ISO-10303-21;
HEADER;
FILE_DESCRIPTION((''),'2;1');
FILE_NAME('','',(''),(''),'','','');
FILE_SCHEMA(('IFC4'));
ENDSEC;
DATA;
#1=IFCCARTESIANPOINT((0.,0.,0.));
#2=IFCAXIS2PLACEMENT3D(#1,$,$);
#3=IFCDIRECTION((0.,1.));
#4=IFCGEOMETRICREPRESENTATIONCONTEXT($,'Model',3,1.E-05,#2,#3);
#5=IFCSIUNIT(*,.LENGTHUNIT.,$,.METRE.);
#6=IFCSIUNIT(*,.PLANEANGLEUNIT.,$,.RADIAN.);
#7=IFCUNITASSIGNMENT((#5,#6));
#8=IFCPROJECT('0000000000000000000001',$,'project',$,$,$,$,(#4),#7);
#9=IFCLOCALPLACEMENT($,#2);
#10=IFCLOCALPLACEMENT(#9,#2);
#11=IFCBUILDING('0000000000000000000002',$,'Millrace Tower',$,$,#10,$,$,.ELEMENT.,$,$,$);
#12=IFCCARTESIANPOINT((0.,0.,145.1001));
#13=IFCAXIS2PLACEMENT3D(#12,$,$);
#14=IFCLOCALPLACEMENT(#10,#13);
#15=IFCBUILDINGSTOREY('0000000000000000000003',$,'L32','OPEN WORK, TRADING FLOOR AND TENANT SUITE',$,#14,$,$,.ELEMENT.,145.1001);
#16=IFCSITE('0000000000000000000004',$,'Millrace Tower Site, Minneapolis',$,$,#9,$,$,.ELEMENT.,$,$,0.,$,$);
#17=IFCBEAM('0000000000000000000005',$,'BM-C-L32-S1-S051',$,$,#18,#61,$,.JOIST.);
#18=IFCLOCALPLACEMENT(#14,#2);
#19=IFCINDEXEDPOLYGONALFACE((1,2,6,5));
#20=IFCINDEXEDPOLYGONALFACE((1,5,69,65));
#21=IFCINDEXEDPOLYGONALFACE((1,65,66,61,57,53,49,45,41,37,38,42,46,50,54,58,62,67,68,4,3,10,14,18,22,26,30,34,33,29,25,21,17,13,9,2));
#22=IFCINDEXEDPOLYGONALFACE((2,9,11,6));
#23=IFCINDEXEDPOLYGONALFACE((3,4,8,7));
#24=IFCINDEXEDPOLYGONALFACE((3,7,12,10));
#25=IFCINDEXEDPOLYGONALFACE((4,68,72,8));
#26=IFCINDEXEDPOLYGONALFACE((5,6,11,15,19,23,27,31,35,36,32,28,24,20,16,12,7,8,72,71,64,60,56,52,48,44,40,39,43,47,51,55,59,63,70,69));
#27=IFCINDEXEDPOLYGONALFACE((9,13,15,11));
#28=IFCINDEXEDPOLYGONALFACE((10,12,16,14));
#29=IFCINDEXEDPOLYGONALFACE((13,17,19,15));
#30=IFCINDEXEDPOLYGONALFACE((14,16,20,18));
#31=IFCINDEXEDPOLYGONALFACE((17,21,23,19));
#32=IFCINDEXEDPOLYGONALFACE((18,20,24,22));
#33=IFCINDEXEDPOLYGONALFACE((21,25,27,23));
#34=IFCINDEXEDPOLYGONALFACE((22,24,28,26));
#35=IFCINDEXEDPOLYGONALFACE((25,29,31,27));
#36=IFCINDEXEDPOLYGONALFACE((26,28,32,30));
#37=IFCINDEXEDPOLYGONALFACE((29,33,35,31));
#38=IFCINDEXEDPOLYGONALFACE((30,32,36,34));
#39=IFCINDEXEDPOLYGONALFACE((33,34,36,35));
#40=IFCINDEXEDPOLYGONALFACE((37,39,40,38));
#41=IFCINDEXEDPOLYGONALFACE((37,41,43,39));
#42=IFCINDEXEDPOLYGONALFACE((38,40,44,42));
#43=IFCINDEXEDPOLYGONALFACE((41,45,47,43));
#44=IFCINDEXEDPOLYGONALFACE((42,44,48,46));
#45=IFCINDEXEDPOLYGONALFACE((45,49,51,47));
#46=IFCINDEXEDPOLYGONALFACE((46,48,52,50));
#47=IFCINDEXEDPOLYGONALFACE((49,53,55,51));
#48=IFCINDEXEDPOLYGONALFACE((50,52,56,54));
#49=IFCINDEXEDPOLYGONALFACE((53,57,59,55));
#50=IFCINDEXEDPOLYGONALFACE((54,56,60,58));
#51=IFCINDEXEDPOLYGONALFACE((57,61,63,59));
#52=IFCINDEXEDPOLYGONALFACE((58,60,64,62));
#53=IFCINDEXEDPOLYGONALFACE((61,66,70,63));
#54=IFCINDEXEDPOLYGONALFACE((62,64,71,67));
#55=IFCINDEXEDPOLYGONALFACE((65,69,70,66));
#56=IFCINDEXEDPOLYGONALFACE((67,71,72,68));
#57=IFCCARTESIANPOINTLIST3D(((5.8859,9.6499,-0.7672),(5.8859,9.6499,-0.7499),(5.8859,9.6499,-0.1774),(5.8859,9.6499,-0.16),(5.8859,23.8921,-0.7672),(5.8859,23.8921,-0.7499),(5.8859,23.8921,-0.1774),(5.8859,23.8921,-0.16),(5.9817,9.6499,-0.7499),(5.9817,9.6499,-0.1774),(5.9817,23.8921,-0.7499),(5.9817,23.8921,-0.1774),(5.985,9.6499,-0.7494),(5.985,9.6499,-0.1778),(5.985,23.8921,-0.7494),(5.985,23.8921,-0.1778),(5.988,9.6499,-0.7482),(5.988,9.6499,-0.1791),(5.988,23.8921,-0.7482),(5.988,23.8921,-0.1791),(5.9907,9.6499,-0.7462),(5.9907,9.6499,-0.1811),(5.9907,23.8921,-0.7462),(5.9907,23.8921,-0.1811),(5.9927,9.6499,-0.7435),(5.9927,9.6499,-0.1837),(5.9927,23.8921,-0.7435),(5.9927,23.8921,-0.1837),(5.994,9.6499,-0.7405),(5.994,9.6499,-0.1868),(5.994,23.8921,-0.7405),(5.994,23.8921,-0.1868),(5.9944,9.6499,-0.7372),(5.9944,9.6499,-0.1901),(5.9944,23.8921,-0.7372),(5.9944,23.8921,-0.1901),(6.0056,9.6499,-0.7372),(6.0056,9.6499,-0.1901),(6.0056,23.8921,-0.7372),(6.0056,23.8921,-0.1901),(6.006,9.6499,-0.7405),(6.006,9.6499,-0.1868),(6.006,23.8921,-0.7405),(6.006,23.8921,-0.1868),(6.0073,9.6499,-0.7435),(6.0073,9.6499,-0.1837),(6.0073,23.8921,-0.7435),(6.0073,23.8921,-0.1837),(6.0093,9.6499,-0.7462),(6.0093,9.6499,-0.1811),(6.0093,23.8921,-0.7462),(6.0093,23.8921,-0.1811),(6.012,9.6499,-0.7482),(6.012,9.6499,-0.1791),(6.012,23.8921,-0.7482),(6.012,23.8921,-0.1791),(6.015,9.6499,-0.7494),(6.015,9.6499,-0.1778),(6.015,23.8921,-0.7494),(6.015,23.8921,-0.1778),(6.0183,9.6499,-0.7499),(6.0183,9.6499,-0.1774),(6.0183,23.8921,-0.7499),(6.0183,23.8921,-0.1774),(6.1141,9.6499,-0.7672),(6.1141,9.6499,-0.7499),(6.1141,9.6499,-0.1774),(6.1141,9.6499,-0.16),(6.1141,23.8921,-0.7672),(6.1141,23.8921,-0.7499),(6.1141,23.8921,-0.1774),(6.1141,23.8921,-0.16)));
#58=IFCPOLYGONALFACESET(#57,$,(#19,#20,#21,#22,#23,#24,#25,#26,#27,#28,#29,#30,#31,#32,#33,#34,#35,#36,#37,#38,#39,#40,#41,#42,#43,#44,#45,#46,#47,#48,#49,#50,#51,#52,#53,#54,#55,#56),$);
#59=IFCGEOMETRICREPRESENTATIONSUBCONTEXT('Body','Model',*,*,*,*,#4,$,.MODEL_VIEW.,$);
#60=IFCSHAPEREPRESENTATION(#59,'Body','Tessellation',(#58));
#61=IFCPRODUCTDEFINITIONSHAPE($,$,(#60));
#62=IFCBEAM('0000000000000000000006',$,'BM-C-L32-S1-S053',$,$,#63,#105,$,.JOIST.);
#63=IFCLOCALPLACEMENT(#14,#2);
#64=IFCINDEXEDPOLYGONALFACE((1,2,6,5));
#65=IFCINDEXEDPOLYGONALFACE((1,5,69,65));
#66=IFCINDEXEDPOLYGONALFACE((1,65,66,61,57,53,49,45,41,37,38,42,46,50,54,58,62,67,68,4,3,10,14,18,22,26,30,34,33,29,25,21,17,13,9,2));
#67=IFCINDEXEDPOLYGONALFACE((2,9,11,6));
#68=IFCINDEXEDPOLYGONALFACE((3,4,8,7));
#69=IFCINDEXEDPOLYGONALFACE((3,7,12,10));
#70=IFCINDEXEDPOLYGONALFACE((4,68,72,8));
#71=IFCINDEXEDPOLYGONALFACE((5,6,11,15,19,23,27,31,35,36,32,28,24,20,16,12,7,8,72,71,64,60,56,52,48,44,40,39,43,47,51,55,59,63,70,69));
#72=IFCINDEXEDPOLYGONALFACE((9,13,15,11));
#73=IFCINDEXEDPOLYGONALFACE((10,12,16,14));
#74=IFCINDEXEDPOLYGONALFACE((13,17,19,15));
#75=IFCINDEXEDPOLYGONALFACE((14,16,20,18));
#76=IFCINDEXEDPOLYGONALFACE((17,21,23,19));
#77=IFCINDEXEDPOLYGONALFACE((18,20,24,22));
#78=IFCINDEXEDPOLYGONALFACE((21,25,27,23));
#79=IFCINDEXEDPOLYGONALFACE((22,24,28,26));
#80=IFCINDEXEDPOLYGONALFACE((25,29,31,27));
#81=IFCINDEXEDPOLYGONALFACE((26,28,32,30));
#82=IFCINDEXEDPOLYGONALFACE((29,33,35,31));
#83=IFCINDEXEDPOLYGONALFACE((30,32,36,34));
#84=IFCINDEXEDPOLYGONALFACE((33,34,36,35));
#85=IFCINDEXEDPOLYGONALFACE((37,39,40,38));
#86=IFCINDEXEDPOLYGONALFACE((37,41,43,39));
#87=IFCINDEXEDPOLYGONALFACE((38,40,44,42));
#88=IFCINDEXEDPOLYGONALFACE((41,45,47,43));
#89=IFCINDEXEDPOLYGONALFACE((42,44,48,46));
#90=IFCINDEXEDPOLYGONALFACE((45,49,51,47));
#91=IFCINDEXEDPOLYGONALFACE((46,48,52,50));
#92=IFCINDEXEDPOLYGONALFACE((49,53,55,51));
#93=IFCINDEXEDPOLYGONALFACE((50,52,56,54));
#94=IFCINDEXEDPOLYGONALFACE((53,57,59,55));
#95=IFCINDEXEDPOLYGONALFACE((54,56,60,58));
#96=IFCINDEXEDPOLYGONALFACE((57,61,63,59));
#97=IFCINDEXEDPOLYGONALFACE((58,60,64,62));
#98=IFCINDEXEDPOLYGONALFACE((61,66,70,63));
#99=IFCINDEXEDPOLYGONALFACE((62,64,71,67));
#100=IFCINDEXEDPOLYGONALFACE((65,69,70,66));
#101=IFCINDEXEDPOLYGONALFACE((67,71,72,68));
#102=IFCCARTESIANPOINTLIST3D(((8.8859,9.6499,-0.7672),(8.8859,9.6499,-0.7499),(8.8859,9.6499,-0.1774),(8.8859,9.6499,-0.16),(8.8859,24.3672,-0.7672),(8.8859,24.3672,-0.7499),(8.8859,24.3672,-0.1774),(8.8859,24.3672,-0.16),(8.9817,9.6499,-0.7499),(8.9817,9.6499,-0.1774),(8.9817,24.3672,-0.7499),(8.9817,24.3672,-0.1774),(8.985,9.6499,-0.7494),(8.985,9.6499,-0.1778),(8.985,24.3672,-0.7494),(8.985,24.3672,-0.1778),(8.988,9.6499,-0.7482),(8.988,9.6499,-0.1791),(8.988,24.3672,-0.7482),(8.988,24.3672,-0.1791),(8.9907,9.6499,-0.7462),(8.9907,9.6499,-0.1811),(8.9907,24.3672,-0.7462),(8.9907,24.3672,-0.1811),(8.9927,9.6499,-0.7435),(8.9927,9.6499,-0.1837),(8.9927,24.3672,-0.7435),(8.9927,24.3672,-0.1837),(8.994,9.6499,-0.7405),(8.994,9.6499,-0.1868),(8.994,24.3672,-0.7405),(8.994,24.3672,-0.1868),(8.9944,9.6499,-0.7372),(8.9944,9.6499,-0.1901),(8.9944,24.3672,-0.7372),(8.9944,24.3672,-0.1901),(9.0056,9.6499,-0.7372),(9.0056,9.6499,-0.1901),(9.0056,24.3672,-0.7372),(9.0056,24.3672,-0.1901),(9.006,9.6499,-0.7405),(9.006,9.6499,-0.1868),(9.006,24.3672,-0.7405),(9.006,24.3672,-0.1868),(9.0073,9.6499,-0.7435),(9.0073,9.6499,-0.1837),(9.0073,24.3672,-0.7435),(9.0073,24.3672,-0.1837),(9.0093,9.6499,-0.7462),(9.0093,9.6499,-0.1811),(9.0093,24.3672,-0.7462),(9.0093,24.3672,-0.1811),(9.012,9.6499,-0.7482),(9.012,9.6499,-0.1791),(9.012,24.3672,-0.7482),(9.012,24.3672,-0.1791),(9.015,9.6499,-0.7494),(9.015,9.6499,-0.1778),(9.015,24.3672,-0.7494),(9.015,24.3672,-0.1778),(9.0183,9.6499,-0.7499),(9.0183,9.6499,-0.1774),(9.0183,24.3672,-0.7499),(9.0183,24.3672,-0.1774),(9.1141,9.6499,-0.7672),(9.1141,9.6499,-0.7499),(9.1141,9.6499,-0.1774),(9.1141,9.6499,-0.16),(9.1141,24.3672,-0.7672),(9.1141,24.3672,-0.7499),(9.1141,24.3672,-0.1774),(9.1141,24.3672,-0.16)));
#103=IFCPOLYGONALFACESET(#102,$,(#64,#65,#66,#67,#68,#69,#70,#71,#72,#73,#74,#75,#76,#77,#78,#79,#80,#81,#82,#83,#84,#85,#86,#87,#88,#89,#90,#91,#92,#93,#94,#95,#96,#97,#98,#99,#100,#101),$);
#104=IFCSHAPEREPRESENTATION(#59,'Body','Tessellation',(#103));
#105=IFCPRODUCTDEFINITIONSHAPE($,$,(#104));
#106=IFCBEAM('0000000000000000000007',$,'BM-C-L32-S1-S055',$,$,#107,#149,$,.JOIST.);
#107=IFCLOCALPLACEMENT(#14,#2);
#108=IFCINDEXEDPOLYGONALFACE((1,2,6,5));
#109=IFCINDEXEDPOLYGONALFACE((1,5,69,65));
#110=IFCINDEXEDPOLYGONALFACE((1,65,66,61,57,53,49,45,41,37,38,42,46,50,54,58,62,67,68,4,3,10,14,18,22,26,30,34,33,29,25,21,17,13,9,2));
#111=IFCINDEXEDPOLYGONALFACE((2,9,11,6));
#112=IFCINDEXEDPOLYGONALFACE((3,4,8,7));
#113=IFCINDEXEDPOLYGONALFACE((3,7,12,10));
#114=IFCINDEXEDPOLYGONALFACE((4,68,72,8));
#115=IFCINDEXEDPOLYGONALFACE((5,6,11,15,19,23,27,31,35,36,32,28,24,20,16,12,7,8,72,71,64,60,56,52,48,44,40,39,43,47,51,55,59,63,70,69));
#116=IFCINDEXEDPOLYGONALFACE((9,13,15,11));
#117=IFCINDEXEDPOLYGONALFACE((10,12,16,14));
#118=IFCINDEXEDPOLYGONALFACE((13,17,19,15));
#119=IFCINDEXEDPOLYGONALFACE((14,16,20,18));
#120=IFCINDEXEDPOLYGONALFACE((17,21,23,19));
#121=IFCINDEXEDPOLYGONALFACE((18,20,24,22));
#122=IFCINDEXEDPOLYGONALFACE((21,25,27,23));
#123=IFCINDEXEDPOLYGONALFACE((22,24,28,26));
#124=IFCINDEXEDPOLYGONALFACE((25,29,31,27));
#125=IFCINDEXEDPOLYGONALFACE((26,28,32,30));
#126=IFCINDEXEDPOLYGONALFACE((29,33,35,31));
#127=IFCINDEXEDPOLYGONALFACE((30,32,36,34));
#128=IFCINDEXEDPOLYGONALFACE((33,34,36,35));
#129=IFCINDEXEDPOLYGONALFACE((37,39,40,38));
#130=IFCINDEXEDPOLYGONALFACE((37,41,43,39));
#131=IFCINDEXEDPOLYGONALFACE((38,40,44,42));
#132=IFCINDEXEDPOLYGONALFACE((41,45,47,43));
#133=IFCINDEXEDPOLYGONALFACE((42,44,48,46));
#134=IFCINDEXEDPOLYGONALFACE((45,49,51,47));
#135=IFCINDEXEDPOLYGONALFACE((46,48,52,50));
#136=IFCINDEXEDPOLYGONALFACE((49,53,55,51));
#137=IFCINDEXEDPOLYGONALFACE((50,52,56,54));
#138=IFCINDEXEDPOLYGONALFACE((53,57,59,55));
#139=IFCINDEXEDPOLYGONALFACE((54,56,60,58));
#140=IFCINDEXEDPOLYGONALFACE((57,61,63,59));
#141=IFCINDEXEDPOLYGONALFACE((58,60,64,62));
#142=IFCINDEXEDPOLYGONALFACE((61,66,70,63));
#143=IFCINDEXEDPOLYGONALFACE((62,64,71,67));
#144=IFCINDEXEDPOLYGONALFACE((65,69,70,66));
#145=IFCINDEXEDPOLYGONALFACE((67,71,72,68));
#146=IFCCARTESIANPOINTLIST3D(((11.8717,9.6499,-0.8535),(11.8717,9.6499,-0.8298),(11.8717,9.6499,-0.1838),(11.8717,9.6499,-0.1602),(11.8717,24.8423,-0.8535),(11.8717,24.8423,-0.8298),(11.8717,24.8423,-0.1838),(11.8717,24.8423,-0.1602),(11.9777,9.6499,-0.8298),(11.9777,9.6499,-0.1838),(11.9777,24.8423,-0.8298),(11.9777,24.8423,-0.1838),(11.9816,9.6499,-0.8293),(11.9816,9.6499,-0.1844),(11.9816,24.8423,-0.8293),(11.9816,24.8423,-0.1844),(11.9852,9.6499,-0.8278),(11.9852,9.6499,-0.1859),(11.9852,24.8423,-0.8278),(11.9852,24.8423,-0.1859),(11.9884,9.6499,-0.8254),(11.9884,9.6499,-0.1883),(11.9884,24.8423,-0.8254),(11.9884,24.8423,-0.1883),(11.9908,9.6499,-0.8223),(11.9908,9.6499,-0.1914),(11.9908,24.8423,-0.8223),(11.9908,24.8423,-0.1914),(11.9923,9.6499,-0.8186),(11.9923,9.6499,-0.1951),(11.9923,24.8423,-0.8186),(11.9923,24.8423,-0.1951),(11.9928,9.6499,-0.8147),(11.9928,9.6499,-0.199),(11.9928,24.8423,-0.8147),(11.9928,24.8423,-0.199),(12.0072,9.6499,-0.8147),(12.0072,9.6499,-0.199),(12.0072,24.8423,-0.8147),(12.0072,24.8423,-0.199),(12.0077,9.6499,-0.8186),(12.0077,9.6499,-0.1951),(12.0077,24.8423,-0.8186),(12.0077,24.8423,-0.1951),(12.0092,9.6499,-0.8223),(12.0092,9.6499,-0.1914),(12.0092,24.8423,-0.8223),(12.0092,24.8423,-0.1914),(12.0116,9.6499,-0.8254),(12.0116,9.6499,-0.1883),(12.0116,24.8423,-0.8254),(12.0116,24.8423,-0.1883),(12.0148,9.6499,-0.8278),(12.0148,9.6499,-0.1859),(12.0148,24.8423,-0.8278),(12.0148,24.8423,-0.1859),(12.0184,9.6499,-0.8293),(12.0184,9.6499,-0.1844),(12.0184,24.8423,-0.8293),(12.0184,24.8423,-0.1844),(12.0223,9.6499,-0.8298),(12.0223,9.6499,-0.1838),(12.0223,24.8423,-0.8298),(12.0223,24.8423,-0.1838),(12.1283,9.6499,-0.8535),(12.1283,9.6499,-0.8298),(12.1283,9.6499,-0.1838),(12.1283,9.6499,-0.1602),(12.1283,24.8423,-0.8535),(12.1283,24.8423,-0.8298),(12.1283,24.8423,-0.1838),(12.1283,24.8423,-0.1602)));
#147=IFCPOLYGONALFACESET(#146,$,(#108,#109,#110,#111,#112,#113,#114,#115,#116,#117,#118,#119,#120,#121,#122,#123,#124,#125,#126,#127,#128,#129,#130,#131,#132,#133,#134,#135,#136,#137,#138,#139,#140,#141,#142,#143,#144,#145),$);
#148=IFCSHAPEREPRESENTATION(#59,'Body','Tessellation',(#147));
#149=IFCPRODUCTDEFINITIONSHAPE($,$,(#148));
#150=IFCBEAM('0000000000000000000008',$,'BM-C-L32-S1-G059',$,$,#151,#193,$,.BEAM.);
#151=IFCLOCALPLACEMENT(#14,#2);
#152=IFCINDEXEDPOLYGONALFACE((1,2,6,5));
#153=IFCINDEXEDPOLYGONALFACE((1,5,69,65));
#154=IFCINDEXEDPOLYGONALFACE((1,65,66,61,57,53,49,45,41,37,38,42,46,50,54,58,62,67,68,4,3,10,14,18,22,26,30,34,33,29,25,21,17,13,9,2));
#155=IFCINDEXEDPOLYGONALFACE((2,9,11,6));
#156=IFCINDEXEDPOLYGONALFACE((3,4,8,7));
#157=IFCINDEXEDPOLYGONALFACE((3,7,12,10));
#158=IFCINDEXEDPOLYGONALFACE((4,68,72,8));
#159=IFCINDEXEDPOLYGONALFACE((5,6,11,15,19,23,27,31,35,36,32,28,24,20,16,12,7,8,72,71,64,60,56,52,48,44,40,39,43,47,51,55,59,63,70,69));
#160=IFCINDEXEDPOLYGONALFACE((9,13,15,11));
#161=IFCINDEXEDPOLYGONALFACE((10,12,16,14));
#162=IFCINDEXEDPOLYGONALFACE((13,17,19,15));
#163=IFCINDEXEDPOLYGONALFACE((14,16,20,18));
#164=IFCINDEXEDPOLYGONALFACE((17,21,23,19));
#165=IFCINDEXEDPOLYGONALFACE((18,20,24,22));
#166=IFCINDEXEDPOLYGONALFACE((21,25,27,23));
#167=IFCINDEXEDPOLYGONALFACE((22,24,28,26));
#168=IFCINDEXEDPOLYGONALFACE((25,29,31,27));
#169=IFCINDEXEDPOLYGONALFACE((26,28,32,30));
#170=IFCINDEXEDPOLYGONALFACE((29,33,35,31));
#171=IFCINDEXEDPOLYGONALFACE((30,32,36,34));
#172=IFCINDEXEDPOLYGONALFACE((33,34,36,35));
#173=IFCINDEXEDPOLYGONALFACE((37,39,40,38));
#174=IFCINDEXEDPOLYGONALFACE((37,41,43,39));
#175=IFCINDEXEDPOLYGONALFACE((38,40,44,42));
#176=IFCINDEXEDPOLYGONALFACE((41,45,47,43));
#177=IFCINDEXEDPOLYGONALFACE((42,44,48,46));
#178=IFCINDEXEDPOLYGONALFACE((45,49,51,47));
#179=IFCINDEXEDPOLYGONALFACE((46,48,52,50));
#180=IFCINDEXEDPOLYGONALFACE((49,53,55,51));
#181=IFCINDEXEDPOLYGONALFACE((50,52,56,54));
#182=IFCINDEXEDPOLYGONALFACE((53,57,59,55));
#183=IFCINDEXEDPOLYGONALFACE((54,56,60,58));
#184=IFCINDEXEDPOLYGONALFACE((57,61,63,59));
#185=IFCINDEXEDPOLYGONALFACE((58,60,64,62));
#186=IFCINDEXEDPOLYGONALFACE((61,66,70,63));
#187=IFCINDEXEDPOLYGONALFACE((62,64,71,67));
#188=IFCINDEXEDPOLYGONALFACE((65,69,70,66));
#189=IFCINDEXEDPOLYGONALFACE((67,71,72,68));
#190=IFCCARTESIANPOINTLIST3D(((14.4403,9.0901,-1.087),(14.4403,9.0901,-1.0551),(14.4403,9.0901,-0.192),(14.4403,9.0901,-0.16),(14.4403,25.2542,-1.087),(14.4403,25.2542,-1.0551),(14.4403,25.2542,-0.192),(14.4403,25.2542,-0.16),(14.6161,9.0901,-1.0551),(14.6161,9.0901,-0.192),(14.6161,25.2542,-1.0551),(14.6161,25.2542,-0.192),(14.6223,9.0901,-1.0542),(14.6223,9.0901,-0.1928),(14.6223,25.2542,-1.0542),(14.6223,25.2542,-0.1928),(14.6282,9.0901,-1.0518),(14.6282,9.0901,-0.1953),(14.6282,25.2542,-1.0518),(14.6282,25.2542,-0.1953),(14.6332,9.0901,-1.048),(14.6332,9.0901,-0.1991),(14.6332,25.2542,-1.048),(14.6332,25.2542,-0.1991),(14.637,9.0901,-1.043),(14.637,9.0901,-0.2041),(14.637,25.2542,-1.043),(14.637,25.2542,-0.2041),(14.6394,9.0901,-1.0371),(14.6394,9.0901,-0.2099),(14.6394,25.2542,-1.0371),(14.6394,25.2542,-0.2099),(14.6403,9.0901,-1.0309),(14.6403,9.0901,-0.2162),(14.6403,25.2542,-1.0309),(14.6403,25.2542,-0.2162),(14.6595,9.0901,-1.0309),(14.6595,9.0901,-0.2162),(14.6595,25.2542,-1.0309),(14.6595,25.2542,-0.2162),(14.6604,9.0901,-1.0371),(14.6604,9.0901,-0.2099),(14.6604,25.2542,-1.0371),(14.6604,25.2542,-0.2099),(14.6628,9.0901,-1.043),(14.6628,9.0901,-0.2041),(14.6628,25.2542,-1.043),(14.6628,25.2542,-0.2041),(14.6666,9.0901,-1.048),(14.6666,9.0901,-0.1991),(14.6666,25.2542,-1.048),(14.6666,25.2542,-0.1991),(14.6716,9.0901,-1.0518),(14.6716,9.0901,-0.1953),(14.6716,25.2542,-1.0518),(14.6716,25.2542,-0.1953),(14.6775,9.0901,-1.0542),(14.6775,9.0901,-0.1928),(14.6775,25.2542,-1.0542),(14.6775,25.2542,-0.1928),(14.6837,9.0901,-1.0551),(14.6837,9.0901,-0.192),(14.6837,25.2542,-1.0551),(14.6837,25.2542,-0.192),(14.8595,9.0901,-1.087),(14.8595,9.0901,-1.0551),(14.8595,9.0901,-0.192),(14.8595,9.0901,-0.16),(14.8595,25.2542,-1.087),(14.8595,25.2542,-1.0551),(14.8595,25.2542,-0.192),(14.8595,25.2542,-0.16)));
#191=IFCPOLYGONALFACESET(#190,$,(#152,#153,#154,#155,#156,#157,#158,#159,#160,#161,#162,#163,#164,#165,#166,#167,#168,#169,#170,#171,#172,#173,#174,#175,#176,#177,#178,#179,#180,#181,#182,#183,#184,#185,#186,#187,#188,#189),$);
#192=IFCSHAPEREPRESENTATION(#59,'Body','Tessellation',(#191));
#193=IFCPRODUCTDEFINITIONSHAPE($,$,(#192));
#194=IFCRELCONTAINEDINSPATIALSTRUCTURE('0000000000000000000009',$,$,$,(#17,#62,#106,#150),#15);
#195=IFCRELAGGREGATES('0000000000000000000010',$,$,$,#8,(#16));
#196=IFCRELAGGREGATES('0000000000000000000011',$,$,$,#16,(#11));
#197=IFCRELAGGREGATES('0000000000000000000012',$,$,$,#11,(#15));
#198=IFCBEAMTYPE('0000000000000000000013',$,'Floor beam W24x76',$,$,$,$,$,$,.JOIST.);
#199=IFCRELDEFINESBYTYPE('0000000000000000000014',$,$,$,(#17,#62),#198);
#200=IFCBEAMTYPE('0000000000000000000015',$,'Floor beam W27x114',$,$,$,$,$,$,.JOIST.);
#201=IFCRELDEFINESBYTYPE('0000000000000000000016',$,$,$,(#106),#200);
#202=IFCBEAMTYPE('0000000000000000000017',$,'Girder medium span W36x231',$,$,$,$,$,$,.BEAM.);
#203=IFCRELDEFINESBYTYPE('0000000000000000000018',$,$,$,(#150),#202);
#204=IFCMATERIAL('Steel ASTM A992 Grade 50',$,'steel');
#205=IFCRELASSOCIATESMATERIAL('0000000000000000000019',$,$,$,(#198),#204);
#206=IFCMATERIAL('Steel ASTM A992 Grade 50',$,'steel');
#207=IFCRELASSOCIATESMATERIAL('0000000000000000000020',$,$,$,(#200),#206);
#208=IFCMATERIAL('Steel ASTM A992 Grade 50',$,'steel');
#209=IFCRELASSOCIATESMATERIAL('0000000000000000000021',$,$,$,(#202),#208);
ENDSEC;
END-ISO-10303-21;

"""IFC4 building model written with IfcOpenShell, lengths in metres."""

from ifc_helpers import new_model, si_unit, direction, frame, origin, origin_2d, place, context, subcontext, project, spatial, i_section, extrude, material, material_profile, profile_set, type_object, element, save


model = new_model("IFC4")

# Units and contexts
model_context = context("Model", 3, precision=1e-05, world=origin(), true_north=direction((0.0, 1.0)))
body_context = subcontext(model_context, "Body", "Model", "MODEL_VIEW")
ifc_project = project(units=[si_unit("LENGTHUNIT", "METRE"), si_unit("PLANEANGLEUNIT", "RADIAN")], contexts=[model_context])

# Site, building, storey
site_placement = place(None, origin())
site = spatial("IfcSite", under=ifc_project, at=site_placement, Name="Millrace Tower Site, Minneapolis", CompositionType="ELEMENT", RefElevation=0.0)
building_placement = place(site_placement, origin())
building = spatial("IfcBuilding", under=site, at=building_placement, Name="Millrace Tower", CompositionType="ELEMENT")
storey_placement = place(building_placement, frame((0.0, 0.0, 145.1001)))
storey = spatial("IfcBuildingStorey", under=building, at=storey_placement, Name="L32", Description="OPEN WORK, TRADING FLOOR AND TENANT SUITE", CompositionType="ELEMENT", Elevation=145.1001)

# Beams
ifc_material_1 = material(Name="Steel ASTM A992 Grade 50", Category="steel")
ifc_material_profile_1 = material_profile(ifc_material_1, i_section(OverallWidth=0.2283, OverallDepth=0.6072, WebThickness=0.0112, FlangeThickness=0.0173, FilletRadius=0.0127, at=origin_2d()))
ifc_profile_set_1 = profile_set([ifc_material_profile_1], Name="Steel ASTM A992 Grade 50")
beam_type_1 = type_object("IfcBeamType", Name="Floor beam W24x76", PredefinedType="JOIST", material=ifc_profile_set_1)
beam_1_placement = place(storey_placement, frame((6.0, 9.6499, -0.4636), z_axis=(0.0, 1.0, 0.0), x_axis=(-1.0, 0.0, 0.0)))
element("IfcBeam", 1, at=beam_1_placement, inside=storey, type_object=beam_type_1, Name="BM-C-L32-S1-S051", PredefinedType="JOIST", context=body_context, shape_type="SweptSolid", body=[
    extrude(i_section(OverallWidth=0.2283, OverallDepth=0.6072, WebThickness=0.0112, FlangeThickness=0.0173, FilletRadius=0.0127, at=origin_2d()), origin(), (0.0, 0.0, 1.0), 14.2422),
])
beam_2_placement = place(storey_placement, frame((9.0, 9.6499, -0.4636), z_axis=(0.0, 1.0, 0.0), x_axis=(-1.0, 0.0, 0.0)))
element("IfcBeam", 2, at=beam_2_placement, inside=storey, type_object=beam_type_1, Name="BM-C-L32-S1-S053", PredefinedType="JOIST", context=body_context, shape_type="SweptSolid", body=[
    extrude(i_section(OverallWidth=0.2283, OverallDepth=0.6072, WebThickness=0.0112, FlangeThickness=0.0173, FilletRadius=0.0127, at=origin_2d()), origin(), (0.0, 0.0, 1.0), 14.7173),
])
ifc_material_2 = material(Name="Steel ASTM A992 Grade 50", Category="steel")
ifc_material_profile_2 = material_profile(ifc_material_2, i_section(OverallWidth=0.2566, OverallDepth=0.6934, WebThickness=0.0144, FlangeThickness=0.0237, FilletRadius=0.0151, at=origin_2d()))
ifc_profile_set_2 = profile_set([ifc_material_profile_2], Name="Steel ASTM A992 Grade 50")
beam_type_2 = type_object("IfcBeamType", Name="Floor beam W27x114", PredefinedType="JOIST", material=ifc_profile_set_2)
beam_3_placement = place(storey_placement, frame((12.0, 9.6499, -0.5068), z_axis=(0.0, 1.0, 0.0), x_axis=(-1.0, 0.0, 0.0)))
element("IfcBeam", 3, at=beam_3_placement, inside=storey, type_object=beam_type_2, Name="BM-C-L32-S1-S055", PredefinedType="JOIST", context=body_context, shape_type="SweptSolid", body=[
    extrude(i_section(OverallWidth=0.2566, OverallDepth=0.6934, WebThickness=0.0144, FlangeThickness=0.0237, FilletRadius=0.0151, at=origin_2d()), origin(), (0.0, 0.0, 1.0), 15.1924),
])
ifc_material_3 = material(Name="Steel ASTM A992 Grade 50", Category="steel")
ifc_material_profile_3 = material_profile(ifc_material_3, i_section(OverallWidth=0.4192, OverallDepth=0.927, WebThickness=0.0193, FlangeThickness=0.032, FilletRadius=0.0242, at=origin_2d()))
ifc_profile_set_3 = profile_set([ifc_material_profile_3], Name="Steel ASTM A992 Grade 50")
beam_type_3 = type_object("IfcBeamType", Name="Girder medium span W36x231", PredefinedType="BEAM", material=ifc_profile_set_3)
beam_4_placement = place(storey_placement, frame((14.6499, 9.0901, -0.6235), z_axis=(0.0, 1.0, 0.0), x_axis=(-1.0, 0.0, 0.0)))
element("IfcBeam", 4, at=beam_4_placement, inside=storey, type_object=beam_type_3, Name="BM-C-L32-S1-G059", PredefinedType="BEAM", context=body_context, shape_type="SweptSolid", body=[
    extrude(i_section(OverallWidth=0.4192, OverallDepth=0.927, WebThickness=0.0193, FlangeThickness=0.032, FilletRadius=0.0242, at=origin_2d()), origin(), (0.0, 0.0, 1.0), 16.1641),
])

save(model, "model.ifc")
